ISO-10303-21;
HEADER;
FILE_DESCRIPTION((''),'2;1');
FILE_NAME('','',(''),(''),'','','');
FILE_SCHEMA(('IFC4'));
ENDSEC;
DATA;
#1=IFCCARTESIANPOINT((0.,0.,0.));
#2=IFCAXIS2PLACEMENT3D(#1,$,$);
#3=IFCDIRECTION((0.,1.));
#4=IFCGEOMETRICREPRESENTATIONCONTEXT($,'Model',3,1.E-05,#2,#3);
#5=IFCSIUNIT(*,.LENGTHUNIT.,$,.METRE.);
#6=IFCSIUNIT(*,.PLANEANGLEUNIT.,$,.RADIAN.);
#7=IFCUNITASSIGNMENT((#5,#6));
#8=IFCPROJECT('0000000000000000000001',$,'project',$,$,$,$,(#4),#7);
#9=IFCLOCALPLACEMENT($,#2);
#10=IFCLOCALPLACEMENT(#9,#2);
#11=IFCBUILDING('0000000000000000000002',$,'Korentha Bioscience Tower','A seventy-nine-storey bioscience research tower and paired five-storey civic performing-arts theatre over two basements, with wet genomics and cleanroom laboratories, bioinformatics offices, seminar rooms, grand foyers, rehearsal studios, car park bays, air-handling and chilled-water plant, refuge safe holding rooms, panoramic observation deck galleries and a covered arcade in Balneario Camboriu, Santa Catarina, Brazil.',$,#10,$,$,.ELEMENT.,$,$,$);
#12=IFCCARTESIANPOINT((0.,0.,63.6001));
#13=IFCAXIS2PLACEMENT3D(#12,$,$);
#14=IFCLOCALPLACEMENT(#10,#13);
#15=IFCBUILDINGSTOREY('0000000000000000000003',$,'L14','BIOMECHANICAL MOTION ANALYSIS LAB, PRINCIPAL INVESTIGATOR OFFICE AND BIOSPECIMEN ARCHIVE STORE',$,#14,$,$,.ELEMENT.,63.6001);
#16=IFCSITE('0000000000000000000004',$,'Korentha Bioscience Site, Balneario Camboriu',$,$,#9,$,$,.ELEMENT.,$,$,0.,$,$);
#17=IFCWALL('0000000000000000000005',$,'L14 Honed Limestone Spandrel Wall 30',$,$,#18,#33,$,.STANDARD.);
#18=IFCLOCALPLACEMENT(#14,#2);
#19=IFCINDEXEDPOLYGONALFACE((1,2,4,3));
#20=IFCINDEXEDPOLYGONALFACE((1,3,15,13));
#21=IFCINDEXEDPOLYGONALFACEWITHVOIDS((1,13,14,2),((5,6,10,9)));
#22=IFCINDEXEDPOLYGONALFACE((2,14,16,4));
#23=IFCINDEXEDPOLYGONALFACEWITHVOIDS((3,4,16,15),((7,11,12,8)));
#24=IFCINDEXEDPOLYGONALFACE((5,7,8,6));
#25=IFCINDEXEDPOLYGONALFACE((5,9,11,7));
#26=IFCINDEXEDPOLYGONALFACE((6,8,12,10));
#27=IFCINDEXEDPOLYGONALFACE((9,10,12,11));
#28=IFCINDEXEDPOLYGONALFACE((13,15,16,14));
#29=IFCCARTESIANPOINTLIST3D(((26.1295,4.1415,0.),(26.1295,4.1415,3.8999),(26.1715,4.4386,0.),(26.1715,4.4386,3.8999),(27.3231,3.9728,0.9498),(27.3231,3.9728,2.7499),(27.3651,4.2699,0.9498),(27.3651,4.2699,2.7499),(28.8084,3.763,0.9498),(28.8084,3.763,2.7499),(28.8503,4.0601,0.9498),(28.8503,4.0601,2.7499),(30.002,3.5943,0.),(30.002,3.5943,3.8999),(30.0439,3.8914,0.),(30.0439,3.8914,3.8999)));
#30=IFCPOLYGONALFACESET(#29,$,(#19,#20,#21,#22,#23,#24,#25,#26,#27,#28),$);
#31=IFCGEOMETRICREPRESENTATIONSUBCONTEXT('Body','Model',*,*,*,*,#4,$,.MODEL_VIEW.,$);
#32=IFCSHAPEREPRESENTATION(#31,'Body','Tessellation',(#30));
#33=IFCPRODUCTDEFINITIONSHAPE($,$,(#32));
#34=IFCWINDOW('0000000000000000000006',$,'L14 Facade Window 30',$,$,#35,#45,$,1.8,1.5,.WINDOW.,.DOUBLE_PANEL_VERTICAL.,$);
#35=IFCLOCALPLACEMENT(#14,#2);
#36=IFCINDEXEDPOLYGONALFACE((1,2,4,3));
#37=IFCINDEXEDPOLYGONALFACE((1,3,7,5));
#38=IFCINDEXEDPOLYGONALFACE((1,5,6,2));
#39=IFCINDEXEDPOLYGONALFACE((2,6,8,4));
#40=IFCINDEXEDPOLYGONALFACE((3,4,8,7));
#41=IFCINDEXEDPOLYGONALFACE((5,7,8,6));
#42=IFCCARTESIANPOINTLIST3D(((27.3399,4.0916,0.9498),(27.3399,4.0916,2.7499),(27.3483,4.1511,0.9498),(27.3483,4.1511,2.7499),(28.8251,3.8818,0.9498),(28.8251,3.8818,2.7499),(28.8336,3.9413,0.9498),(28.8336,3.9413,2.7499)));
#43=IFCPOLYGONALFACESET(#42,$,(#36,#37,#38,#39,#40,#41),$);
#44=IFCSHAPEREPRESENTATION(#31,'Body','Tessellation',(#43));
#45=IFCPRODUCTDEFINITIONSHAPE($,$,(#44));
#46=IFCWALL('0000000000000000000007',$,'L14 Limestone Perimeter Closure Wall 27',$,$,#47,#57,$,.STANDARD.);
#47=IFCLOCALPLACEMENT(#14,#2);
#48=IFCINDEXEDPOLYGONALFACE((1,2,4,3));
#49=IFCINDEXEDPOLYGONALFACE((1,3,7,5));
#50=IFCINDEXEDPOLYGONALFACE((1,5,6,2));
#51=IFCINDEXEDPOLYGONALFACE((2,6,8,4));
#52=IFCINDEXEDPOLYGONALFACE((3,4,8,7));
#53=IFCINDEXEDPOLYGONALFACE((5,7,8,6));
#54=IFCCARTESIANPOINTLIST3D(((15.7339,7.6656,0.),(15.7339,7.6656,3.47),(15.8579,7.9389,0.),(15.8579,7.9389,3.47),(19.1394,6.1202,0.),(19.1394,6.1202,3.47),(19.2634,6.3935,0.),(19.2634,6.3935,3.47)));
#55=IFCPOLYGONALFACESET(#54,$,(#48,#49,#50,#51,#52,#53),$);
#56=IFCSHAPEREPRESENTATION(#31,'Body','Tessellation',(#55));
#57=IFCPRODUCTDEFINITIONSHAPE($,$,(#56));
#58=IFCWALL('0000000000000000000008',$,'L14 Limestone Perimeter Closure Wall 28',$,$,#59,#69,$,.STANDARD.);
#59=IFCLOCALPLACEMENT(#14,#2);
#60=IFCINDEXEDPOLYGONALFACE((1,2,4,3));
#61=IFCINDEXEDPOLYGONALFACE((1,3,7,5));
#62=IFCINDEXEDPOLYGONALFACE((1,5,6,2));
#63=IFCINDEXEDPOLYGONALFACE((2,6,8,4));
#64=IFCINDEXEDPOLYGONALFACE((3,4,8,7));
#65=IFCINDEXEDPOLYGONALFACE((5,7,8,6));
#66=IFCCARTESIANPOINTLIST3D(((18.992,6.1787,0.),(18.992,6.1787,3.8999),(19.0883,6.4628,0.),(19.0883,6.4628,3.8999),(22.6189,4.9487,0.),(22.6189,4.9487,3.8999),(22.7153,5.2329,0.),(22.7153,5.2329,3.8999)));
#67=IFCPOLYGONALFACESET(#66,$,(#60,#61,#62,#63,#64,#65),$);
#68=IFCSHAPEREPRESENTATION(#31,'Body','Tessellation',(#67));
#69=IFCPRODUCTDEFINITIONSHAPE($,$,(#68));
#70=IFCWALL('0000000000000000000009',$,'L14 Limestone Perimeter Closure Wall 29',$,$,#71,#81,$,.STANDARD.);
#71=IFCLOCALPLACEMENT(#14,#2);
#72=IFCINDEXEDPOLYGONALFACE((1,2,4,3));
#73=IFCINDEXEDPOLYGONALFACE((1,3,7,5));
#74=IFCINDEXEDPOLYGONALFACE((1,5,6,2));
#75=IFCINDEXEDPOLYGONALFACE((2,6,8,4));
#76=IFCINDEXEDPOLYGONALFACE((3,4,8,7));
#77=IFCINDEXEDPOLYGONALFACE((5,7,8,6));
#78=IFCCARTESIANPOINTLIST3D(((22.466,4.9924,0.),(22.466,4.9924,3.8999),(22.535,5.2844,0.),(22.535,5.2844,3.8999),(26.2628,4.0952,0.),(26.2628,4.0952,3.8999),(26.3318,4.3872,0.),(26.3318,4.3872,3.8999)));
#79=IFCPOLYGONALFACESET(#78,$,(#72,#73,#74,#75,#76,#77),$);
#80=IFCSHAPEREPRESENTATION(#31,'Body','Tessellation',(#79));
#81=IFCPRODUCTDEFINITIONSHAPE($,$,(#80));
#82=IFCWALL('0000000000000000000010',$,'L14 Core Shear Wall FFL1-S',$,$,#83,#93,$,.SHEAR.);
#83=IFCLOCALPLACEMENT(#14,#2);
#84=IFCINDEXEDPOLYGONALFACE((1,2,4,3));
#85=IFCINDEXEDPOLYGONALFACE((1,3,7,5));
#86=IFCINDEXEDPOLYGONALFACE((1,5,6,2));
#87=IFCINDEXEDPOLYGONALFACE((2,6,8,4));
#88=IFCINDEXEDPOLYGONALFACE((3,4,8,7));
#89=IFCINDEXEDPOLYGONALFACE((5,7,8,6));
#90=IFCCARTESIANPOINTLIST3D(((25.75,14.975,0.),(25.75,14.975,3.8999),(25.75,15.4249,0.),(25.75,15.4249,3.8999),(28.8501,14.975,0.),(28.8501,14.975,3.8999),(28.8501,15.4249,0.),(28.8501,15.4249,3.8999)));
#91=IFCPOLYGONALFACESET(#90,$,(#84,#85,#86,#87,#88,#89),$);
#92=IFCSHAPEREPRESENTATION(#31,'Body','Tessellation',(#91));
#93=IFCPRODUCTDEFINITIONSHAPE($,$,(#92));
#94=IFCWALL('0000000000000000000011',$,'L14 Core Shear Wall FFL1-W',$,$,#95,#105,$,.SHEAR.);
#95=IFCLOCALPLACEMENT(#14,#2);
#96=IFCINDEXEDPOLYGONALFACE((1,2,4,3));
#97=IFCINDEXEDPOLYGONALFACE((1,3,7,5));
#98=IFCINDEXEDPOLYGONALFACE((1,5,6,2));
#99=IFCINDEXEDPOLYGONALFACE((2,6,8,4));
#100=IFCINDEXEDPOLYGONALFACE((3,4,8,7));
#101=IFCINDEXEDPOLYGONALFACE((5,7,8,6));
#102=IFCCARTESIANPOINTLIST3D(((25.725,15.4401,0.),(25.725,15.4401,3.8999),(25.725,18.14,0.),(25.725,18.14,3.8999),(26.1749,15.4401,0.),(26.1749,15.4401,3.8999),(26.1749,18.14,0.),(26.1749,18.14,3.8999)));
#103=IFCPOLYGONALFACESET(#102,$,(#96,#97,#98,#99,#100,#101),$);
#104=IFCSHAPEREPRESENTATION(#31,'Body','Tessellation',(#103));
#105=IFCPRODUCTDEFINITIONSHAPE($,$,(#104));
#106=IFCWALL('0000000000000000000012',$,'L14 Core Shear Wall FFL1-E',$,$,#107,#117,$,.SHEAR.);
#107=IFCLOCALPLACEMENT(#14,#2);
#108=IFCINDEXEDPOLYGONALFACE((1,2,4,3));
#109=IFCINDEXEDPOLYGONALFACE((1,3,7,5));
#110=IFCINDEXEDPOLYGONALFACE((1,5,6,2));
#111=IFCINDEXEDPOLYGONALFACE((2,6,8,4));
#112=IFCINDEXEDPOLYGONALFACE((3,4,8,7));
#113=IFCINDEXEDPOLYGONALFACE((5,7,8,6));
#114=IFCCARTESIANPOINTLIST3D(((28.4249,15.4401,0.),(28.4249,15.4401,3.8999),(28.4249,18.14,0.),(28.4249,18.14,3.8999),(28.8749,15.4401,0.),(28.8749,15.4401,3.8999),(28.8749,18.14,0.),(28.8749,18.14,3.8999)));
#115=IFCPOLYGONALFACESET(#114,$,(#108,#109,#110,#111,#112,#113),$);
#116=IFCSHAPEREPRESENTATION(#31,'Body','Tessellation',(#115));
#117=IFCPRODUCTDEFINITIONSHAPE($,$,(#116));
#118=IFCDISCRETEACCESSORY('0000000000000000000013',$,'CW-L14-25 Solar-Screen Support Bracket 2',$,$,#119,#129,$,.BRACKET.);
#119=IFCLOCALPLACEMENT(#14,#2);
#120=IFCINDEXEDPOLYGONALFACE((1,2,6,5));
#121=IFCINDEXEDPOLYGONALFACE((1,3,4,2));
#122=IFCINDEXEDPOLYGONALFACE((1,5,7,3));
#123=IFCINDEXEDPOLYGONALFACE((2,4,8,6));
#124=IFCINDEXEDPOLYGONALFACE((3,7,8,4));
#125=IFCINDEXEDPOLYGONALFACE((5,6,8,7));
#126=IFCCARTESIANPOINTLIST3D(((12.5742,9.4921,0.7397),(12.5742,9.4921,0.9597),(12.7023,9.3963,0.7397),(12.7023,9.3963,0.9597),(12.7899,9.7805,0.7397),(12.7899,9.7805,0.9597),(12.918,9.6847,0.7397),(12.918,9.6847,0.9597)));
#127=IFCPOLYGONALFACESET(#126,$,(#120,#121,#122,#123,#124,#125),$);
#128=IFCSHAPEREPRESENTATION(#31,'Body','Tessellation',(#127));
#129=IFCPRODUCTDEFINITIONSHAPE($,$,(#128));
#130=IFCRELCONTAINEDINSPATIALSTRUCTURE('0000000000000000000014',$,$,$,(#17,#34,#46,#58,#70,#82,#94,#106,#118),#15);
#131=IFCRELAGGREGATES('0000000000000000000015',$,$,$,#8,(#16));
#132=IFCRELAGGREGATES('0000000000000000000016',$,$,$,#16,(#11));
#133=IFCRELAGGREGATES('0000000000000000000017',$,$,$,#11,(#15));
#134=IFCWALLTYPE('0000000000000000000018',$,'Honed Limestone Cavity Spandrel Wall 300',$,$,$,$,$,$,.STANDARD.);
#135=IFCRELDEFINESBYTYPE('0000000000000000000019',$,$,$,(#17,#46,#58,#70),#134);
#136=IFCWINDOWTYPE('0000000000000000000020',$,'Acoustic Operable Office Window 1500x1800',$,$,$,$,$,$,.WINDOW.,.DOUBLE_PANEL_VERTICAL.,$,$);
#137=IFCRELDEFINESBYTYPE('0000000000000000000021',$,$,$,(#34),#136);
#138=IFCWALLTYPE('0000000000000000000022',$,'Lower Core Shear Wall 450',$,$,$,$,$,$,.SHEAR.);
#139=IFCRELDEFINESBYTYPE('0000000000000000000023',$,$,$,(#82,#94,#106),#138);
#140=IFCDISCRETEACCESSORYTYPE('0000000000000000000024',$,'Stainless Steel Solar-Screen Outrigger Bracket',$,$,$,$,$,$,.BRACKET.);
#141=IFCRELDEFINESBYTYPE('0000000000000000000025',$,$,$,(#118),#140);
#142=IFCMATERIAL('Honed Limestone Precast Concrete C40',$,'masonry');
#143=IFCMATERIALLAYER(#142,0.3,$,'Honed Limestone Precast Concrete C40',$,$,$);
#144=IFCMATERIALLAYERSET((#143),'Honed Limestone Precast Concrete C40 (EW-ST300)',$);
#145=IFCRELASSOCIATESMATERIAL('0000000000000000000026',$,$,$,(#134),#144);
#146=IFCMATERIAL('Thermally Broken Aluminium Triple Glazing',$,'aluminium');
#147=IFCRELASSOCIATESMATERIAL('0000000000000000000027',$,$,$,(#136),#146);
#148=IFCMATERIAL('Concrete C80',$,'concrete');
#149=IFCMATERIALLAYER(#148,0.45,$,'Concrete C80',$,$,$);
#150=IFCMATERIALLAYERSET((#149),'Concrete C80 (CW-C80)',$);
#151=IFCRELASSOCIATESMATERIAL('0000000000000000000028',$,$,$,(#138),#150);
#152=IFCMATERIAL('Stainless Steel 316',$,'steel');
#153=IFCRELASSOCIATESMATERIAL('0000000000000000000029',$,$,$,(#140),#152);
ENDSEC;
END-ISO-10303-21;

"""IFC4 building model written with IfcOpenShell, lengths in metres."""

from ifc_helpers import new_model, si_unit, direction, frame, frame_2d, origin, origin_2d, place, context, subcontext, project, spatial, rectangle, extrude, material, layer, layer_set, type_object, element, fill, save


model = new_model("IFC4")

# Units and contexts
model_context = context("Model", 3, precision=1e-05, world=origin(), true_north=direction((0.0, 1.0)))
body_context = subcontext(model_context, "Body", "Model", "MODEL_VIEW")
ifc_project = project(units=[si_unit("LENGTHUNIT", "METRE"), si_unit("PLANEANGLEUNIT", "RADIAN")], contexts=[model_context])

# Site, building, storey
site_placement = place(None, origin())
site = spatial("IfcSite", under=ifc_project, at=site_placement, Name="Korentha Bioscience Site, Balneario Camboriu", CompositionType="ELEMENT", RefElevation=0.0)
building_placement = place(site_placement, origin())
building = spatial("IfcBuilding", under=site, at=building_placement, Name="Korentha Bioscience Tower", Description="A seventy-nine-storey bioscience research tower and paired five-storey civic performing-arts theatre over two basements, with wet genomics and cleanroom laboratories, bioinformatics offices, seminar rooms, grand foyers, rehearsal studios, car park bays, air-handling and chilled-water plant, refuge safe holding rooms, panoramic observation deck galleries and a covered arcade in Balneario Camboriu, Santa Catarina, Brazil.", CompositionType="ELEMENT")
storey_placement = place(building_placement, frame((0.0, 0.0, 63.6001)))
storey = spatial("IfcBuildingStorey", under=building, at=storey_placement, Name="L14", Description="BIOMECHANICAL MOTION ANALYSIS LAB, PRINCIPAL INVESTIGATOR OFFICE AND BIOSPECIMEN ARCHIVE STORE", CompositionType="ELEMENT", Elevation=63.6001)

# Shared definitions
ifc_material_1 = material(Name="Concrete C80", Category="concrete")

# Wall, opening, window
ifc_material_2 = material(Name="Honed Limestone Precast Concrete C40", Category="masonry")
ifc_layer_1 = layer(ifc_material_2, 0.3, Name="Honed Limestone Precast Concrete C40")
ifc_layer_set_1 = layer_set([ifc_layer_1], Name="Honed Limestone Precast Concrete C40 (EW-ST300)")
wall_type_1 = type_object("IfcWallType", Name="Honed Limestone Cavity Spandrel Wall 300", PredefinedType="STANDARD", material=ifc_layer_set_1)
ifc_material_3 = material(Name="Thermally Broken Aluminium Triple Glazing", Category="aluminium")
window_type = type_object("IfcWindowType", Name="Acoustic Operable Office Window 1500x1800", PartitioningType="DOUBLE_PANEL_VERTICAL", PredefinedType="WINDOW", material=ifc_material_3)
wall_1_placement = place(storey_placement, frame((26.1504, 4.29, 0.0), z_axis=(0.0, 0.0, 1.0), x_axis=(0.990166, -0.1399, 0.0)))
wall_1 = element("IfcWall", 1, at=wall_1_placement, inside=storey, type_object=wall_type_1, Name="L14 Honed Limestone Spandrel Wall 30", PredefinedType="STANDARD", context=body_context, shape_type="SweptSolid", body=[
    extrude(rectangle(XDim=3.9109, YDim=0.3, at=frame_2d((1.9556, 0.0))), origin(), (0.0, 0.0, 1.0), 3.8999),
])
opening_1_placement = place(wall_1_placement, frame((1.2056, 0.0, 0.95)))
opening_1 = element("IfcOpeningElement", 2, at=opening_1_placement, cuts=wall_1, PredefinedType="OPENING", context=body_context, shape_type="SweptSolid", body=[
    extrude(rectangle(XDim=1.5, YDim=1.8, at=frame_2d((0.75, 0.8999))), frame((0.0, 0.165, 0.0), z_axis=(0.0, -1.0, 0.0), x_axis=(1.0, 0.0, 0.0)), (0.0, 0.0, 1.0), 0.3298),
])
window_1_placement = place(opening_1_placement, origin())
window_1 = element("IfcWindow", 3, at=window_1_placement, inside=storey, type_object=window_type, Name="L14 Facade Window 30", OverallHeight=1.8, OverallWidth=1.5, PartitioningType="DOUBLE_PANEL_VERTICAL", PredefinedType="WINDOW", context=body_context, shape_type="SweptSolid", body=[
    extrude(rectangle(XDim=1.5, YDim=1.8, at=frame_2d((0.75, 0.8999))), frame((0.0, 0.03, 0.0), z_axis=(0.0, -1.0, 0.0), x_axis=(1.0, 0.0, 0.0)), (0.0, 0.0, 1.0), 0.0601),
])
fill(opening_1, window_1)

# Walls
wall_2_placement = place(storey_placement, frame((15.7959, 7.8022, 0.0), z_axis=(0.0, 0.0, 1.0), x_axis=(0.910623, -0.413237, 0.0)))
element("IfcWall", 4, at=wall_2_placement, inside=storey, type_object=wall_type_1, Name="L14 Limestone Perimeter Closure Wall 27", PredefinedType="STANDARD", context=body_context, shape_type="SweptSolid", body=[
    extrude(rectangle(XDim=3.7397, YDim=0.3, at=frame_2d((1.8699, 0.0))), origin(), (0.0, 0.0, 1.0), 3.47),
])
wall_3_placement = place(storey_placement, frame((19.04, 6.3208, 0.0), z_axis=(0.0, 0.0, 1.0), x_axis=(0.947026, -0.321158, 0.0)))
element("IfcWall", 5, at=wall_3_placement, inside=storey, type_object=wall_type_1, Name="L14 Limestone Perimeter Closure Wall 28", PredefinedType="STANDARD", context=body_context, shape_type="SweptSolid", body=[
    extrude(rectangle(XDim=3.8298, YDim=0.3, at=frame_2d((1.915, 0.0))), origin(), (0.0, 0.0, 1.0), 3.8999),
])
wall_4_placement = place(storey_placement, frame((22.5005, 5.1384, 0.0), z_axis=(0.0, 0.0, 1.0), x_axis=(0.973198, -0.22997, 0.0)))
element("IfcWall", 6, at=wall_4_placement, inside=storey, type_object=wall_type_1, Name="L14 Limestone Perimeter Closure Wall 29", PredefinedType="STANDARD", context=body_context, shape_type="SweptSolid", body=[
    extrude(rectangle(XDim=3.9014, YDim=0.3, at=frame_2d((1.9507, 0.0))), origin(), (0.0, 0.0, 1.0), 3.8999),
])
ifc_layer_2 = layer(ifc_material_1, 0.45, Name="Concrete C80")
ifc_layer_set_2 = layer_set([ifc_layer_2], Name="Concrete C80 (CW-C80)")
wall_type_2 = type_object("IfcWallType", Name="Lower Core Shear Wall 450", PredefinedType="SHEAR", material=ifc_layer_set_2)
wall_5_placement = place(storey_placement, frame((25.75, 15.2, 0.0), z_axis=(0.0, 0.0, 1.0), x_axis=(1.0, 0.0, 0.0)))
element("IfcWall", 7, at=wall_5_placement, inside=storey, type_object=wall_type_2, Name="L14 Core Shear Wall FFL1-S", PredefinedType="SHEAR", context=body_context, shape_type="SweptSolid", body=[
    extrude(rectangle(XDim=3.1001, YDim=0.45, at=frame_2d((1.55, 0.0))), origin(), (0.0, 0.0, 1.0), 3.8999),
])
for number, where, z_axis, x_axis, name in (
    (8, (25.95, 15.4399, 0.0), (0.0, 0.0, 1.0), (0.0, 1.0, 0.0), "L14 Core Shear Wall FFL1-W"),
    (9, (28.6499, 15.4399, 0.0), (0.0, 0.0, 1.0), (0.0, 1.0, 0.0), "L14 Core Shear Wall FFL1-E"),
):
    element("IfcWall", number, at=place(storey_placement, frame(where, z_axis=z_axis, x_axis=x_axis)), inside=storey, type_object=wall_type_2, Name=name, PredefinedType="SHEAR", context=body_context, shape_type="SweptSolid", body=[
        extrude(rectangle(XDim=2.7, YDim=0.45, at=frame_2d((1.3501, 0.0))), origin(), (0.0, 0.0, 1.0), 3.8999),
    ])

# Discrete accessory
ifc_material_4 = material(Name="Stainless Steel 316", Category="steel")
discrete_accessory_type = type_object("IfcDiscreteAccessoryType", Name="Stainless Steel Solar-Screen Outrigger Bracket", PredefinedType="BRACKET", material=ifc_material_4)
discrete_accessory_placement = place(storey_placement, frame((12.7461, 9.5884, 0.7397), z_axis=(0.0, 0.0, 1.0), x_axis=(0.800798, -0.598935, 0.0)))
element("IfcDiscreteAccessory", 10, at=discrete_accessory_placement, inside=storey, type_object=discrete_accessory_type, Name="CW-L14-25 Solar-Screen Support Bracket 2", PredefinedType="BRACKET", context=body_context, shape_type="SweptSolid", body=[
    extrude(rectangle(XDim=0.1599, YDim=0.3601, at=origin_2d()), origin(), (0.0, 0.0, 1.0), 0.22),
])

save(model, "model.ifc")
